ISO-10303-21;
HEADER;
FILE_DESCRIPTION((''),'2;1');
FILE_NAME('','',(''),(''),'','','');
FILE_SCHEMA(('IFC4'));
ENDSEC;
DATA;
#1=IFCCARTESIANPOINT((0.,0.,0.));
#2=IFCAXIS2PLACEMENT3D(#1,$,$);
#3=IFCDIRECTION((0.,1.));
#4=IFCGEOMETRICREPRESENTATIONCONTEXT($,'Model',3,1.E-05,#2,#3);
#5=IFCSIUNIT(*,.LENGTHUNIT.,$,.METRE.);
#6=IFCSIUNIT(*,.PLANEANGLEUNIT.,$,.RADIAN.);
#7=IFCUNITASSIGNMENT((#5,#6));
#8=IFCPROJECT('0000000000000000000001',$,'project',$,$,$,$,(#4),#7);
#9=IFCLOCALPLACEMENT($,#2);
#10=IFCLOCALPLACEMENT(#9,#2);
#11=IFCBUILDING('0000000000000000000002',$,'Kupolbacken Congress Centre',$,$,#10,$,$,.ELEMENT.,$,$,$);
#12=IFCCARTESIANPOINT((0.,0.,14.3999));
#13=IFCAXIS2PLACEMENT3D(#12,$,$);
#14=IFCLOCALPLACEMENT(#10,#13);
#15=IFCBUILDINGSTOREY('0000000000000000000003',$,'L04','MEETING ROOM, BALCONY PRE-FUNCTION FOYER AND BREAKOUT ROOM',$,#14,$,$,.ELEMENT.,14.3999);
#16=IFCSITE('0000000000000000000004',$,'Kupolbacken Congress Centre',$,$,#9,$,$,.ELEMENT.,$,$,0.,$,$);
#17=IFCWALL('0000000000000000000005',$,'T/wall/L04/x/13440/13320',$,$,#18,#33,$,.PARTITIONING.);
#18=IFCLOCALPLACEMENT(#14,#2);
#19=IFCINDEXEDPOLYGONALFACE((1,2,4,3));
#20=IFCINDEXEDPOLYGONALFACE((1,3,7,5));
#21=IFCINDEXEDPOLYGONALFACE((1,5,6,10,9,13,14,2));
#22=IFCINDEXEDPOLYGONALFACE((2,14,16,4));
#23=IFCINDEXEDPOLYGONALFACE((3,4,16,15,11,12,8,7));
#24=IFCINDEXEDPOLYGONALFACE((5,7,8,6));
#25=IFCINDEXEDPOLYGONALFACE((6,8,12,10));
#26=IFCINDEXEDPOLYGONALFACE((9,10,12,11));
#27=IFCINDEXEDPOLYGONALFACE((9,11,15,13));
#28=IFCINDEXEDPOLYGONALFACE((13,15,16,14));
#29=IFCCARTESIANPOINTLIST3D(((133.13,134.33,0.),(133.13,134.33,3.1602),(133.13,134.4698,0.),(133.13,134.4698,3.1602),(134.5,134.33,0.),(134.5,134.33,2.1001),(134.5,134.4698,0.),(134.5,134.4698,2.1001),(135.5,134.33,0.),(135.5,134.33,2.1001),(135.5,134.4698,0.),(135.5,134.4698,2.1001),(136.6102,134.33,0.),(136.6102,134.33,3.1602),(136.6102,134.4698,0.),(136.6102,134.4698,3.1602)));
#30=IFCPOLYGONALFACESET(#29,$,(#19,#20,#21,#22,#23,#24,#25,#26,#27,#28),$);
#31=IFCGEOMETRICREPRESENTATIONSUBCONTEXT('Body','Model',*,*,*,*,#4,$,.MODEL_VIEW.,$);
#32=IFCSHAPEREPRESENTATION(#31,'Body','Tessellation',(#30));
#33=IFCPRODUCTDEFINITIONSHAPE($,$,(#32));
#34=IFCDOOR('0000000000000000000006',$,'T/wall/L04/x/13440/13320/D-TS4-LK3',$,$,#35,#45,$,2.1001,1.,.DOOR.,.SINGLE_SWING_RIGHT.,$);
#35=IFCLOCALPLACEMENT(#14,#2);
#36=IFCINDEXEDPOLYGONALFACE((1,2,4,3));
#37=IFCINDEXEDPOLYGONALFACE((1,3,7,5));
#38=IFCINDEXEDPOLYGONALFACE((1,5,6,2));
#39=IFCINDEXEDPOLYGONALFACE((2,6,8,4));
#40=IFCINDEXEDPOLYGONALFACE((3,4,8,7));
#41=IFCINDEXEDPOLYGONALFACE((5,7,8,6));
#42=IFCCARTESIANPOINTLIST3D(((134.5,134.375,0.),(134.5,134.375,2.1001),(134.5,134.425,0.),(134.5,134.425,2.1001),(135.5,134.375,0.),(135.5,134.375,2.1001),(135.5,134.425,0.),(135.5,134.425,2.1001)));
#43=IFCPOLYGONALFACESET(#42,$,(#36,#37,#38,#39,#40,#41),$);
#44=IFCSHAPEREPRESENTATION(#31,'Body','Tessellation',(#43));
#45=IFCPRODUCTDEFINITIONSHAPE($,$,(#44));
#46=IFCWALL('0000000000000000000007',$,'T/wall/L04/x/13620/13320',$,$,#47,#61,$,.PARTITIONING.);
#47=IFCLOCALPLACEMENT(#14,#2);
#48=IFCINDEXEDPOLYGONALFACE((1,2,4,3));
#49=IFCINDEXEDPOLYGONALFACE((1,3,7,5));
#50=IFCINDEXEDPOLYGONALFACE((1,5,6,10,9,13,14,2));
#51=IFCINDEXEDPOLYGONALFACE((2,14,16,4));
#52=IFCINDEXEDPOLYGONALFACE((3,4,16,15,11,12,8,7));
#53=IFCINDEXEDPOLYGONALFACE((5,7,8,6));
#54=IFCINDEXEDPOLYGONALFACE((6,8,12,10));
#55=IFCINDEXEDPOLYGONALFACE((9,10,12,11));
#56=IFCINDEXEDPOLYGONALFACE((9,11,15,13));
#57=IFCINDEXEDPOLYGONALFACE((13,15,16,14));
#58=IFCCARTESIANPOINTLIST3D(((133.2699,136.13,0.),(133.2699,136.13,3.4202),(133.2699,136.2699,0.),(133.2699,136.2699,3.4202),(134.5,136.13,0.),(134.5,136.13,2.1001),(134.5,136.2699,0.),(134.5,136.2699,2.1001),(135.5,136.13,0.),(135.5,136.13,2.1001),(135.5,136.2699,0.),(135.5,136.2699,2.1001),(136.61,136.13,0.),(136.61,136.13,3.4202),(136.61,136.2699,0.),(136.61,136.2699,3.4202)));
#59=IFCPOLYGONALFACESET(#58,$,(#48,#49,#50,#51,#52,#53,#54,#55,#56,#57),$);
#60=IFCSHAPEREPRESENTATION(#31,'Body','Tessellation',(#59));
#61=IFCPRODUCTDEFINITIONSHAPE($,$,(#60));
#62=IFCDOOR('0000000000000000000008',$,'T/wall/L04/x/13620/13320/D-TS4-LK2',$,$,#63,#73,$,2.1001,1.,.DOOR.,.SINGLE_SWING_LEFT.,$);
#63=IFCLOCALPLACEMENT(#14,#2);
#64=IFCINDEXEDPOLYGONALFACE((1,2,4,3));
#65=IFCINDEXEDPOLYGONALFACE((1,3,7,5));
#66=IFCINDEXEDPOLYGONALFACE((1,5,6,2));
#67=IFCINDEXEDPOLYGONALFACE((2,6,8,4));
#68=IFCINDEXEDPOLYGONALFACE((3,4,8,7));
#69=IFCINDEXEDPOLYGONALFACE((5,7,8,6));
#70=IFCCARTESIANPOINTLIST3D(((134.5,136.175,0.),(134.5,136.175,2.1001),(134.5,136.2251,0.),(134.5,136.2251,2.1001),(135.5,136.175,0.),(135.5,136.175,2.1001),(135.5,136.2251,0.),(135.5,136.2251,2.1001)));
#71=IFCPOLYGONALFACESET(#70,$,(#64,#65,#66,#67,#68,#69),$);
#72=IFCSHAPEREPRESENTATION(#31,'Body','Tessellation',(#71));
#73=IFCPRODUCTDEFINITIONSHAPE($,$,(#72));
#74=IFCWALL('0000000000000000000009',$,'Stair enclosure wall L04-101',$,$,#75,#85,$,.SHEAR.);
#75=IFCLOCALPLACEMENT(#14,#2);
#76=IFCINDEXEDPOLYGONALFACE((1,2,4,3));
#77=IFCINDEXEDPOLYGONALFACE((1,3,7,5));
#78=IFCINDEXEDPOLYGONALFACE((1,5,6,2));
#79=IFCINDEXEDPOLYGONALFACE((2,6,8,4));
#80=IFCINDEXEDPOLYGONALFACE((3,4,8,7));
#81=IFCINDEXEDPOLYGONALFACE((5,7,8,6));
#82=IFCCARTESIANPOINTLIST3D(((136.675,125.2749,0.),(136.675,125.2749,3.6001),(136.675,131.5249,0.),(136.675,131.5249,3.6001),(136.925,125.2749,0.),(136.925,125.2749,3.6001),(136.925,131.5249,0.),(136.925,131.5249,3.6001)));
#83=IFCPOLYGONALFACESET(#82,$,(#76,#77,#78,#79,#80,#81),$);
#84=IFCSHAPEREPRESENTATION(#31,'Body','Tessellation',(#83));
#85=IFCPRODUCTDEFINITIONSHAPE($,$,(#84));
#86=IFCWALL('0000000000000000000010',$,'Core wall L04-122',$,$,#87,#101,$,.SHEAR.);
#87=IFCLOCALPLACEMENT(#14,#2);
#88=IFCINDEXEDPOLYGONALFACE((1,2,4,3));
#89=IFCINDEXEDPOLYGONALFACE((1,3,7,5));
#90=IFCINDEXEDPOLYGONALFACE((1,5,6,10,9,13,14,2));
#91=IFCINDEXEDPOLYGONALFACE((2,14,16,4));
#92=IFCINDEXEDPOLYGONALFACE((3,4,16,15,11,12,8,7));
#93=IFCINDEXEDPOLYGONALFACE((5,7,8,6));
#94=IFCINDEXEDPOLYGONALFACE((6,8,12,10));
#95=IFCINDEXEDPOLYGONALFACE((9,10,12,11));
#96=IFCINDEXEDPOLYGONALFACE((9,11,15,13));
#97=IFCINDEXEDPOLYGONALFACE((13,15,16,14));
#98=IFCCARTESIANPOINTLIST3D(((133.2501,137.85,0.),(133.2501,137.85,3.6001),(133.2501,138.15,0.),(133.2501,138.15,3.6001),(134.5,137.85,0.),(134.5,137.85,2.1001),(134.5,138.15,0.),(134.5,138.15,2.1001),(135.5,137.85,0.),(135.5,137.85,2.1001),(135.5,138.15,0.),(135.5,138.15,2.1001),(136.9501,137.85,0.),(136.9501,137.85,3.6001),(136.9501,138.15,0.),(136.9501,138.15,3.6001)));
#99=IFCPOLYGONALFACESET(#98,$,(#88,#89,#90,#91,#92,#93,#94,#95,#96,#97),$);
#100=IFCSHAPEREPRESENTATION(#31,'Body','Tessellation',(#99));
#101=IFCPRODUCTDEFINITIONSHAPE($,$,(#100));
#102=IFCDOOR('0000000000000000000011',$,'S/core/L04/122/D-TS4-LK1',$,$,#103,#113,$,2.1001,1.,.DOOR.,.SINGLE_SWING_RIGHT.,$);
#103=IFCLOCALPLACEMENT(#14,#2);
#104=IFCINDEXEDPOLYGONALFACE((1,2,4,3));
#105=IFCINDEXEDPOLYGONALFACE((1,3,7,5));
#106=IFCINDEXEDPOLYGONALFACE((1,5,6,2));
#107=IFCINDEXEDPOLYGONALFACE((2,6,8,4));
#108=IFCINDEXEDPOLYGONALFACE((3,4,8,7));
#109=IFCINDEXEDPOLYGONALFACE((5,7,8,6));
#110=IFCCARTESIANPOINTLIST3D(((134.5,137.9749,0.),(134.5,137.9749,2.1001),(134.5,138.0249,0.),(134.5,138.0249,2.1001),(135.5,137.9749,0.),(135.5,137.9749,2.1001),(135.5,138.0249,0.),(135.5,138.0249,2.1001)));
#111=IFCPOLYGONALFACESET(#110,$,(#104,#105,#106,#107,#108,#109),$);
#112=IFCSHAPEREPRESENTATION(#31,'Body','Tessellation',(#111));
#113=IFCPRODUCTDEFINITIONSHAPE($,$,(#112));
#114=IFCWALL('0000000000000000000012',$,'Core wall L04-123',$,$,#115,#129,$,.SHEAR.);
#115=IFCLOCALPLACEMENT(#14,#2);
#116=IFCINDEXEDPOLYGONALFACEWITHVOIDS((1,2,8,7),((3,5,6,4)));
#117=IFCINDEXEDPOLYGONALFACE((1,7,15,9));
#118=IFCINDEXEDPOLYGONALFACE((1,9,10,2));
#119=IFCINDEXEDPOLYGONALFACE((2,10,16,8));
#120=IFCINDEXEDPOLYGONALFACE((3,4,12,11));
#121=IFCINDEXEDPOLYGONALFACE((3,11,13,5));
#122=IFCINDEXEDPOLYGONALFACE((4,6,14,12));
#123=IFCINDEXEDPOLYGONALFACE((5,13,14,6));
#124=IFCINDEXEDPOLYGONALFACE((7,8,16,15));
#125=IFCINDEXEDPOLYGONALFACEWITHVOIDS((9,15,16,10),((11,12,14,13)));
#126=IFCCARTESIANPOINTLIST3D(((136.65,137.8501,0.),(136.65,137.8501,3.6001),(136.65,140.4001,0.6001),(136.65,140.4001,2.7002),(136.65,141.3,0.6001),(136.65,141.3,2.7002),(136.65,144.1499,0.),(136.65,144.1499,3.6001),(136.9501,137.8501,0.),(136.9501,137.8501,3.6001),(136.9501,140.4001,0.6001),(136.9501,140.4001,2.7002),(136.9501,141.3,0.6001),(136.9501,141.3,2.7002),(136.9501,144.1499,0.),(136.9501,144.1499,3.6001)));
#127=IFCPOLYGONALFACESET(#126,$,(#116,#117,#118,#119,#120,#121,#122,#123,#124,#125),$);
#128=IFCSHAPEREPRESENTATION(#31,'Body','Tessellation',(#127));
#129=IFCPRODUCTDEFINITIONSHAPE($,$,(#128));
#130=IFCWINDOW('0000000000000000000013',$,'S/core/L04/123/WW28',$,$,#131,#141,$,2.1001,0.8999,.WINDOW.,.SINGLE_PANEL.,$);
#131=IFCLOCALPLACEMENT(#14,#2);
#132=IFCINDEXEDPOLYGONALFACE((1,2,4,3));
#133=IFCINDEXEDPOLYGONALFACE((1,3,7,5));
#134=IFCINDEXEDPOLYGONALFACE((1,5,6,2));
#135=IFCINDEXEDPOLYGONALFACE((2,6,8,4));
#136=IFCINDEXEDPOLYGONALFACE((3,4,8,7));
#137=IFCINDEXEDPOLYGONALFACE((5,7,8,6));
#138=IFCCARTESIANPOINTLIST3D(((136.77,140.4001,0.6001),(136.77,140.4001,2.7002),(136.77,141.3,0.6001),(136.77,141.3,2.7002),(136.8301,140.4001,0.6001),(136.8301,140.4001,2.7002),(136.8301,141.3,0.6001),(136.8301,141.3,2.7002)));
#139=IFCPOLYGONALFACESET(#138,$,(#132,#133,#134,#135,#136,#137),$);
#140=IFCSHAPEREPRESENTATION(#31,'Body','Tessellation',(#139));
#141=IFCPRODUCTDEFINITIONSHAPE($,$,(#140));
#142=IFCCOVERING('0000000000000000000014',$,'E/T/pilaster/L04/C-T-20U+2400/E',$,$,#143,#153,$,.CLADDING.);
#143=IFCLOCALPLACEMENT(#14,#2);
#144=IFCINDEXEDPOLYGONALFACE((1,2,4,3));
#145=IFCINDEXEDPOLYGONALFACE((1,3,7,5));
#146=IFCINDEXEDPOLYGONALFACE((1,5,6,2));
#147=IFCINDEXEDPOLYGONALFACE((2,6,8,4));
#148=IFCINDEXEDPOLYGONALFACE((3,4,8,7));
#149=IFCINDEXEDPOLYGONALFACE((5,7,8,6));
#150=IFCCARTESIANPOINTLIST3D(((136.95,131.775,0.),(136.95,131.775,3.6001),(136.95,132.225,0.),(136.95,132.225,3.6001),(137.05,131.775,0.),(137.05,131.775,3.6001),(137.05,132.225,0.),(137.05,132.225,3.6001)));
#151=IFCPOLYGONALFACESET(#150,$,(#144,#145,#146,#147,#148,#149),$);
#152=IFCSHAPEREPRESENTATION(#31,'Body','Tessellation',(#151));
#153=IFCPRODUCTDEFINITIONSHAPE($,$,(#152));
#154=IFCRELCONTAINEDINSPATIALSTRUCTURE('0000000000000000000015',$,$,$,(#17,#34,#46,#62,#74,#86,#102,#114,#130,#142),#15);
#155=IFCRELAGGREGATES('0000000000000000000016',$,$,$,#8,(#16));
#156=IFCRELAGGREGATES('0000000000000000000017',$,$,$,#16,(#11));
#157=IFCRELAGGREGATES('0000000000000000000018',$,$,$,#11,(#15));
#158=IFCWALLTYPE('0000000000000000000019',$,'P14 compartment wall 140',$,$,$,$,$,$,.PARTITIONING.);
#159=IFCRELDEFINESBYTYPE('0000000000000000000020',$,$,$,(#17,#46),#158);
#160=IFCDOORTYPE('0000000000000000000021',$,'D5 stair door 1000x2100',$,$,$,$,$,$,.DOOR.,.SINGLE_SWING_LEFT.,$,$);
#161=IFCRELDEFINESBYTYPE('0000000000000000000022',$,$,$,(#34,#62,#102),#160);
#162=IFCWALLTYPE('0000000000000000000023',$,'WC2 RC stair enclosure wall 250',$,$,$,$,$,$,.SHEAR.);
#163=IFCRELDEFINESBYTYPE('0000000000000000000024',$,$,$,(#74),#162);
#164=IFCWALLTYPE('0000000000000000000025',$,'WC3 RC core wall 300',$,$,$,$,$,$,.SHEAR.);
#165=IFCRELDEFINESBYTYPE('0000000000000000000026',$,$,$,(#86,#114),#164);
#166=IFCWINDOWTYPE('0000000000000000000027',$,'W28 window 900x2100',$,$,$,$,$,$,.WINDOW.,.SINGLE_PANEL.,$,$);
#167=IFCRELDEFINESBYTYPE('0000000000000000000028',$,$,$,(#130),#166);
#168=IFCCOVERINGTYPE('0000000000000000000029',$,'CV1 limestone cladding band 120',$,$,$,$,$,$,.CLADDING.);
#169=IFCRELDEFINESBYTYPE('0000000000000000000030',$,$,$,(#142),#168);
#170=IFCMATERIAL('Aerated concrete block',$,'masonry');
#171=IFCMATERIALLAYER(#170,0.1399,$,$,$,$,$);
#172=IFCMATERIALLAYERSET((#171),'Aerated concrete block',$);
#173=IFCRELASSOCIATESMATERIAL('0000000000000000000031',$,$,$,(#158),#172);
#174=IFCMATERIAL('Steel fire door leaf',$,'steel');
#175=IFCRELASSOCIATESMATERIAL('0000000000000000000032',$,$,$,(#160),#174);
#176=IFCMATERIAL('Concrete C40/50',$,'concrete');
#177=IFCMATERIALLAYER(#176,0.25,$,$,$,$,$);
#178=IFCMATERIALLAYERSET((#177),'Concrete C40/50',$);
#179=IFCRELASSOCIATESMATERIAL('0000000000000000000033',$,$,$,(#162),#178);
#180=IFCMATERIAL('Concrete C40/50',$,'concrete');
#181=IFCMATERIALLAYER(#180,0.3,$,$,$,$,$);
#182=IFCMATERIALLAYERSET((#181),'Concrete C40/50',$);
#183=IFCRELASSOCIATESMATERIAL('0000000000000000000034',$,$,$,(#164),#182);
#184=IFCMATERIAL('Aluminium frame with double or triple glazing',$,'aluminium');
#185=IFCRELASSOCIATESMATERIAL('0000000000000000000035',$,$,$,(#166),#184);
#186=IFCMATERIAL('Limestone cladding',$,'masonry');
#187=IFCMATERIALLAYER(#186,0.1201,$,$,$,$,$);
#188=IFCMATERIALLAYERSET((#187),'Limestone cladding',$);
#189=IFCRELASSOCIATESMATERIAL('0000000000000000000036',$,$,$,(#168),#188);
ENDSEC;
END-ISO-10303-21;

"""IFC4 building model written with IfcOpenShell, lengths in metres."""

from ifc_helpers import new_model, si_unit, direction, frame, frame_2d, origin, origin_2d, place, context, subcontext, project, spatial, rectangle, extrude, material, layer, layer_set, type_object, element, fill, save


model = new_model("IFC4")

# Units and contexts
model_context = context("Model", 3, precision=1e-05, world=origin(), true_north=direction((0.0, 1.0)))
body_context = subcontext(model_context, "Body", "Model", "MODEL_VIEW")
ifc_project = project(units=[si_unit("LENGTHUNIT", "METRE"), si_unit("PLANEANGLEUNIT", "RADIAN")], contexts=[model_context])

# Site, building, storey
site_placement = place(None, origin())
site = spatial("IfcSite", under=ifc_project, at=site_placement, Name="Kupolbacken Congress Centre", CompositionType="ELEMENT", RefElevation=0.0)
building_placement = place(site_placement, origin())
building = spatial("IfcBuilding", under=site, at=building_placement, Name="Kupolbacken Congress Centre", CompositionType="ELEMENT")
storey_placement = place(building_placement, frame((0.0, 0.0, 14.3999)))
storey = spatial("IfcBuildingStorey", under=building, at=storey_placement, Name="L04", Description="MEETING ROOM, BALCONY PRE-FUNCTION FOYER AND BREAKOUT ROOM", CompositionType="ELEMENT", Elevation=14.3999)

# Walls, openings, doors
ifc_material_1 = material(Name="Aerated concrete block", Category="masonry")
ifc_layer_1 = layer(ifc_material_1, 0.1399)
ifc_layer_set_1 = layer_set([ifc_layer_1], Name="Aerated concrete block")
wall_type_1 = type_object("IfcWallType", Name="P14 compartment wall 140", PredefinedType="PARTITIONING", material=ifc_layer_set_1)
wall_1_placement = place(storey_placement, frame((133.1299, 134.3999, 0.0), z_axis=(0.0, 0.0, 1.0), x_axis=(1.0, 0.0, 0.0)))
wall_1 = element("IfcWall", 1, at=wall_1_placement, inside=storey, type_object=wall_type_1, Name="T/wall/L04/x/13440/13320", PredefinedType="PARTITIONING", context=body_context, shape_type="SweptSolid", body=[
    extrude(rectangle(XDim=3.4802, YDim=0.1399, at=frame_2d((1.7402, 0.0))), origin(), (0.0, 0.0, 1.0), 3.1602),
])
opening_1_placement = place(wall_1_placement, frame((1.3701, 0.0, 0.0)))
opening_1 = element("IfcOpeningElement", 2, at=opening_1_placement, cuts=wall_1, PredefinedType="OPENING", context=body_context, shape_type="SweptSolid", body=[
    extrude(rectangle(XDim=1.0, YDim=2.1001, at=frame_2d((0.5, 1.05))), frame((0.0, 0.0798, 0.0), z_axis=(0.0, -1.0, 0.0), x_axis=(1.0, 0.0, 0.0)), (0.0, 0.0, 1.0), 0.1599),
])
ifc_material_2 = material(Name="Steel fire door leaf", Category="steel")
door_type_1 = type_object("IfcDoorType", Name="D5 stair door 1000x2100", OperationType="SINGLE_SWING_LEFT", PredefinedType="DOOR", material=ifc_material_2)
door_1_placement = place(opening_1_placement, frame((1.0, 0.0, 0.0), z_axis=(0.0, 0.0, 1.0), x_axis=(-1.0, 0.0, 0.0)))
door_1 = element("IfcDoor", 3, at=door_1_placement, inside=storey, type_object=door_type_1, Name="T/wall/L04/x/13440/13320/D-TS4-LK3", OperationType="SINGLE_SWING_RIGHT", OverallHeight=2.1001, OverallWidth=1.0, PredefinedType="DOOR", context=body_context, shape_type="SweptSolid", body=[
    extrude(rectangle(XDim=1.0, YDim=2.1001, at=frame_2d((0.5, 1.05))), frame((0.0, 0.0249, 0.0), z_axis=(0.0, -1.0, 0.0), x_axis=(1.0, 0.0, 0.0)), (0.0, 0.0, 1.0), 0.05),
])
fill(opening_1, door_1)
wall_2_placement = place(storey_placement, frame((133.27, 136.2, 0.0), z_axis=(0.0, 0.0, 1.0), x_axis=(1.0, 0.0, 0.0)))
wall_2 = element("IfcWall", 4, at=wall_2_placement, inside=storey, type_object=wall_type_1, Name="T/wall/L04/x/13620/13320", PredefinedType="PARTITIONING", context=body_context, shape_type="SweptSolid", body=[
    extrude(rectangle(XDim=3.3401, YDim=0.1399, at=frame_2d((1.6699, 0.0))), origin(), (0.0, 0.0, 1.0), 3.4202),
])
opening_2_placement = place(wall_2_placement, frame((1.23, 0.0, 0.0)))
opening_2 = element("IfcOpeningElement", 5, at=opening_2_placement, cuts=wall_2, PredefinedType="OPENING", context=body_context, shape_type="SweptSolid", body=[
    extrude(rectangle(XDim=1.0, YDim=2.1001, at=frame_2d((0.5, 1.05))), frame((0.0, 0.0798, 0.0), z_axis=(0.0, -1.0, 0.0), x_axis=(1.0, 0.0, 0.0)), (0.0, 0.0, 1.0), 0.1599),
])
door_2_placement = place(opening_2_placement, frame((1.0, 0.0, 0.0), z_axis=(0.0, 0.0, 1.0), x_axis=(-1.0, 0.0, 0.0)))
door_2 = element("IfcDoor", 6, at=door_2_placement, inside=storey, type_object=door_type_1, Name="T/wall/L04/x/13620/13320/D-TS4-LK2", OperationType="SINGLE_SWING_LEFT", OverallHeight=2.1001, OverallWidth=1.0, PredefinedType="DOOR", context=body_context, shape_type="SweptSolid", body=[
    extrude(rectangle(XDim=1.0, YDim=2.1001, at=frame_2d((0.5, 1.05))), frame((0.0, 0.0249, 0.0), z_axis=(0.0, -1.0, 0.0), x_axis=(1.0, 0.0, 0.0)), (0.0, 0.0, 1.0), 0.05),
])
fill(opening_2, door_2)

# Wall
ifc_material_3 = material(Name="Concrete C40/50", Category="concrete")
ifc_layer_2 = layer(ifc_material_3, 0.25)
ifc_layer_set_2 = layer_set([ifc_layer_2], Name="Concrete C40/50")
wall_type_2 = type_object("IfcWallType", Name="WC2 RC stair enclosure wall 250", PredefinedType="SHEAR", material=ifc_layer_set_2)
wall_3_placement = place(storey_placement, frame((136.8, 131.5249, 0.0), z_axis=(0.0, 0.0, 1.0), x_axis=(0.0, -1.0, 0.0)))
element("IfcWall", 7, at=wall_3_placement, inside=storey, type_object=wall_type_2, Name="Stair enclosure wall L04-101", PredefinedType="SHEAR", context=body_context, shape_type="SweptSolid", body=[
    extrude(rectangle(XDim=6.25, YDim=0.25, at=frame_2d((3.125, 0.0))), origin(), (0.0, 0.0, 1.0), 3.6001),
])

# Wall, opening, door
ifc_material_4 = material(Name="Concrete C40/50", Category="concrete")
ifc_layer_3 = layer(ifc_material_4, 0.3)
ifc_layer_set_3 = layer_set([ifc_layer_3], Name="Concrete C40/50")
wall_type_3 = type_object("IfcWallType", Name="WC3 RC core wall 300", PredefinedType="SHEAR", material=ifc_layer_set_3)
wall_4_placement = place(storey_placement, frame((133.25, 138.0, 0.0), z_axis=(0.0, 0.0, 1.0), x_axis=(1.0, 0.0, 0.0)))
wall_4 = element("IfcWall", 8, at=wall_4_placement, inside=storey, type_object=wall_type_3, Name="Core wall L04-122", PredefinedType="SHEAR", context=body_context, shape_type="SweptSolid", body=[
    extrude(rectangle(XDim=3.7, YDim=0.3, at=frame_2d((1.8501, 0.0))), origin(), (0.0, 0.0, 1.0), 3.6001),
])
opening_3_placement = place(wall_4_placement, frame((1.25, 0.0, 0.0)))
opening_3 = element("IfcOpeningElement", 9, at=opening_3_placement, cuts=wall_4, PredefinedType="OPENING", context=body_context, shape_type="SweptSolid", body=[
    extrude(rectangle(XDim=1.0, YDim=2.1001, at=frame_2d((0.5, 1.05))), frame((0.0, 0.1599, 0.0), z_axis=(0.0, -1.0, 0.0), x_axis=(1.0, 0.0, 0.0)), (0.0, 0.0, 1.0), 0.3201),
])
door_3_placement = place(opening_3_placement, origin())
door_3 = element("IfcDoor", 10, at=door_3_placement, inside=storey, type_object=door_type_1, Name="S/core/L04/122/D-TS4-LK1", OperationType="SINGLE_SWING_RIGHT", OverallHeight=2.1001, OverallWidth=1.0, PredefinedType="DOOR", context=body_context, shape_type="SweptSolid", body=[
    extrude(rectangle(XDim=1.0, YDim=2.1001, at=frame_2d((0.5, 1.05))), frame((0.0, 0.0249, 0.0), z_axis=(0.0, -1.0, 0.0), x_axis=(1.0, 0.0, 0.0)), (0.0, 0.0, 1.0), 0.05),
])
fill(opening_3, door_3)

# Wall, opening, window
wall_5_placement = place(storey_placement, frame((136.8, 137.8501, 0.0), z_axis=(0.0, 0.0, 1.0), x_axis=(0.0, 1.0, 0.0)))
wall_5 = element("IfcWall", 11, at=wall_5_placement, inside=storey, type_object=wall_type_3, Name="Core wall L04-123", PredefinedType="SHEAR", context=body_context, shape_type="SweptSolid", body=[
    extrude(rectangle(XDim=6.2998, YDim=0.3, at=frame_2d((3.1499, 0.0))), origin(), (0.0, 0.0, 1.0), 3.6001),
])
opening_4_placement = place(wall_5_placement, frame((2.55, 0.0, 0.6001)))
opening_4 = element("IfcOpeningElement", 12, at=opening_4_placement, cuts=wall_5, PredefinedType="OPENING", context=body_context, shape_type="SweptSolid", body=[
    extrude(rectangle(XDim=0.8999, YDim=2.1001, at=frame_2d((0.45, 1.05))), frame((0.0, 0.1599, 0.0), z_axis=(0.0, -1.0, 0.0), x_axis=(1.0, 0.0, 0.0)), (0.0, 0.0, 1.0), 0.3201),
])
ifc_material_5 = material(Name="Aluminium frame with double or triple glazing", Category="aluminium")
window_type = type_object("IfcWindowType", Name="W28 window 900x2100", PartitioningType="SINGLE_PANEL", PredefinedType="WINDOW", material=ifc_material_5)
window_placement = place(opening_4_placement, origin())
window = element("IfcWindow", 13, at=window_placement, inside=storey, type_object=window_type, Name="S/core/L04/123/WW28", OverallHeight=2.1001, OverallWidth=0.8999, PartitioningType="SINGLE_PANEL", PredefinedType="WINDOW", context=body_context, shape_type="SweptSolid", body=[
    extrude(rectangle(XDim=0.8999, YDim=2.1001, at=frame_2d((0.45, 1.05))), frame((0.0, 0.03, 0.0), z_axis=(0.0, -1.0, 0.0), x_axis=(1.0, 0.0, 0.0)), (0.0, 0.0, 1.0), 0.0601),
])
fill(opening_4, window)

# Covering
ifc_material_6 = material(Name="Limestone cladding", Category="masonry")
ifc_layer_4 = layer(ifc_material_6, 0.1201)
ifc_layer_set_4 = layer_set([ifc_layer_4], Name="Limestone cladding")
covering_type = type_object("IfcCoveringType", Name="CV1 limestone cladding band 120", PredefinedType="CLADDING", material=ifc_layer_set_4)
covering_placement = place(storey_placement, frame((137.0, 132.0, 0.0), z_axis=(0.0, 0.0, 1.0), x_axis=(1.0, 0.0, 0.0)))
element("IfcCovering", 14, at=covering_placement, inside=storey, type_object=covering_type, Name="E/T/pilaster/L04/C-T-20U+2400/E", PredefinedType="CLADDING", context=body_context, shape_type="SweptSolid", body=[
    extrude(rectangle(XDim=0.1001, YDim=0.45, at=origin_2d()), origin(), (0.0, 0.0, 1.0), 3.6001),
])

save(model, "model.ifc")
